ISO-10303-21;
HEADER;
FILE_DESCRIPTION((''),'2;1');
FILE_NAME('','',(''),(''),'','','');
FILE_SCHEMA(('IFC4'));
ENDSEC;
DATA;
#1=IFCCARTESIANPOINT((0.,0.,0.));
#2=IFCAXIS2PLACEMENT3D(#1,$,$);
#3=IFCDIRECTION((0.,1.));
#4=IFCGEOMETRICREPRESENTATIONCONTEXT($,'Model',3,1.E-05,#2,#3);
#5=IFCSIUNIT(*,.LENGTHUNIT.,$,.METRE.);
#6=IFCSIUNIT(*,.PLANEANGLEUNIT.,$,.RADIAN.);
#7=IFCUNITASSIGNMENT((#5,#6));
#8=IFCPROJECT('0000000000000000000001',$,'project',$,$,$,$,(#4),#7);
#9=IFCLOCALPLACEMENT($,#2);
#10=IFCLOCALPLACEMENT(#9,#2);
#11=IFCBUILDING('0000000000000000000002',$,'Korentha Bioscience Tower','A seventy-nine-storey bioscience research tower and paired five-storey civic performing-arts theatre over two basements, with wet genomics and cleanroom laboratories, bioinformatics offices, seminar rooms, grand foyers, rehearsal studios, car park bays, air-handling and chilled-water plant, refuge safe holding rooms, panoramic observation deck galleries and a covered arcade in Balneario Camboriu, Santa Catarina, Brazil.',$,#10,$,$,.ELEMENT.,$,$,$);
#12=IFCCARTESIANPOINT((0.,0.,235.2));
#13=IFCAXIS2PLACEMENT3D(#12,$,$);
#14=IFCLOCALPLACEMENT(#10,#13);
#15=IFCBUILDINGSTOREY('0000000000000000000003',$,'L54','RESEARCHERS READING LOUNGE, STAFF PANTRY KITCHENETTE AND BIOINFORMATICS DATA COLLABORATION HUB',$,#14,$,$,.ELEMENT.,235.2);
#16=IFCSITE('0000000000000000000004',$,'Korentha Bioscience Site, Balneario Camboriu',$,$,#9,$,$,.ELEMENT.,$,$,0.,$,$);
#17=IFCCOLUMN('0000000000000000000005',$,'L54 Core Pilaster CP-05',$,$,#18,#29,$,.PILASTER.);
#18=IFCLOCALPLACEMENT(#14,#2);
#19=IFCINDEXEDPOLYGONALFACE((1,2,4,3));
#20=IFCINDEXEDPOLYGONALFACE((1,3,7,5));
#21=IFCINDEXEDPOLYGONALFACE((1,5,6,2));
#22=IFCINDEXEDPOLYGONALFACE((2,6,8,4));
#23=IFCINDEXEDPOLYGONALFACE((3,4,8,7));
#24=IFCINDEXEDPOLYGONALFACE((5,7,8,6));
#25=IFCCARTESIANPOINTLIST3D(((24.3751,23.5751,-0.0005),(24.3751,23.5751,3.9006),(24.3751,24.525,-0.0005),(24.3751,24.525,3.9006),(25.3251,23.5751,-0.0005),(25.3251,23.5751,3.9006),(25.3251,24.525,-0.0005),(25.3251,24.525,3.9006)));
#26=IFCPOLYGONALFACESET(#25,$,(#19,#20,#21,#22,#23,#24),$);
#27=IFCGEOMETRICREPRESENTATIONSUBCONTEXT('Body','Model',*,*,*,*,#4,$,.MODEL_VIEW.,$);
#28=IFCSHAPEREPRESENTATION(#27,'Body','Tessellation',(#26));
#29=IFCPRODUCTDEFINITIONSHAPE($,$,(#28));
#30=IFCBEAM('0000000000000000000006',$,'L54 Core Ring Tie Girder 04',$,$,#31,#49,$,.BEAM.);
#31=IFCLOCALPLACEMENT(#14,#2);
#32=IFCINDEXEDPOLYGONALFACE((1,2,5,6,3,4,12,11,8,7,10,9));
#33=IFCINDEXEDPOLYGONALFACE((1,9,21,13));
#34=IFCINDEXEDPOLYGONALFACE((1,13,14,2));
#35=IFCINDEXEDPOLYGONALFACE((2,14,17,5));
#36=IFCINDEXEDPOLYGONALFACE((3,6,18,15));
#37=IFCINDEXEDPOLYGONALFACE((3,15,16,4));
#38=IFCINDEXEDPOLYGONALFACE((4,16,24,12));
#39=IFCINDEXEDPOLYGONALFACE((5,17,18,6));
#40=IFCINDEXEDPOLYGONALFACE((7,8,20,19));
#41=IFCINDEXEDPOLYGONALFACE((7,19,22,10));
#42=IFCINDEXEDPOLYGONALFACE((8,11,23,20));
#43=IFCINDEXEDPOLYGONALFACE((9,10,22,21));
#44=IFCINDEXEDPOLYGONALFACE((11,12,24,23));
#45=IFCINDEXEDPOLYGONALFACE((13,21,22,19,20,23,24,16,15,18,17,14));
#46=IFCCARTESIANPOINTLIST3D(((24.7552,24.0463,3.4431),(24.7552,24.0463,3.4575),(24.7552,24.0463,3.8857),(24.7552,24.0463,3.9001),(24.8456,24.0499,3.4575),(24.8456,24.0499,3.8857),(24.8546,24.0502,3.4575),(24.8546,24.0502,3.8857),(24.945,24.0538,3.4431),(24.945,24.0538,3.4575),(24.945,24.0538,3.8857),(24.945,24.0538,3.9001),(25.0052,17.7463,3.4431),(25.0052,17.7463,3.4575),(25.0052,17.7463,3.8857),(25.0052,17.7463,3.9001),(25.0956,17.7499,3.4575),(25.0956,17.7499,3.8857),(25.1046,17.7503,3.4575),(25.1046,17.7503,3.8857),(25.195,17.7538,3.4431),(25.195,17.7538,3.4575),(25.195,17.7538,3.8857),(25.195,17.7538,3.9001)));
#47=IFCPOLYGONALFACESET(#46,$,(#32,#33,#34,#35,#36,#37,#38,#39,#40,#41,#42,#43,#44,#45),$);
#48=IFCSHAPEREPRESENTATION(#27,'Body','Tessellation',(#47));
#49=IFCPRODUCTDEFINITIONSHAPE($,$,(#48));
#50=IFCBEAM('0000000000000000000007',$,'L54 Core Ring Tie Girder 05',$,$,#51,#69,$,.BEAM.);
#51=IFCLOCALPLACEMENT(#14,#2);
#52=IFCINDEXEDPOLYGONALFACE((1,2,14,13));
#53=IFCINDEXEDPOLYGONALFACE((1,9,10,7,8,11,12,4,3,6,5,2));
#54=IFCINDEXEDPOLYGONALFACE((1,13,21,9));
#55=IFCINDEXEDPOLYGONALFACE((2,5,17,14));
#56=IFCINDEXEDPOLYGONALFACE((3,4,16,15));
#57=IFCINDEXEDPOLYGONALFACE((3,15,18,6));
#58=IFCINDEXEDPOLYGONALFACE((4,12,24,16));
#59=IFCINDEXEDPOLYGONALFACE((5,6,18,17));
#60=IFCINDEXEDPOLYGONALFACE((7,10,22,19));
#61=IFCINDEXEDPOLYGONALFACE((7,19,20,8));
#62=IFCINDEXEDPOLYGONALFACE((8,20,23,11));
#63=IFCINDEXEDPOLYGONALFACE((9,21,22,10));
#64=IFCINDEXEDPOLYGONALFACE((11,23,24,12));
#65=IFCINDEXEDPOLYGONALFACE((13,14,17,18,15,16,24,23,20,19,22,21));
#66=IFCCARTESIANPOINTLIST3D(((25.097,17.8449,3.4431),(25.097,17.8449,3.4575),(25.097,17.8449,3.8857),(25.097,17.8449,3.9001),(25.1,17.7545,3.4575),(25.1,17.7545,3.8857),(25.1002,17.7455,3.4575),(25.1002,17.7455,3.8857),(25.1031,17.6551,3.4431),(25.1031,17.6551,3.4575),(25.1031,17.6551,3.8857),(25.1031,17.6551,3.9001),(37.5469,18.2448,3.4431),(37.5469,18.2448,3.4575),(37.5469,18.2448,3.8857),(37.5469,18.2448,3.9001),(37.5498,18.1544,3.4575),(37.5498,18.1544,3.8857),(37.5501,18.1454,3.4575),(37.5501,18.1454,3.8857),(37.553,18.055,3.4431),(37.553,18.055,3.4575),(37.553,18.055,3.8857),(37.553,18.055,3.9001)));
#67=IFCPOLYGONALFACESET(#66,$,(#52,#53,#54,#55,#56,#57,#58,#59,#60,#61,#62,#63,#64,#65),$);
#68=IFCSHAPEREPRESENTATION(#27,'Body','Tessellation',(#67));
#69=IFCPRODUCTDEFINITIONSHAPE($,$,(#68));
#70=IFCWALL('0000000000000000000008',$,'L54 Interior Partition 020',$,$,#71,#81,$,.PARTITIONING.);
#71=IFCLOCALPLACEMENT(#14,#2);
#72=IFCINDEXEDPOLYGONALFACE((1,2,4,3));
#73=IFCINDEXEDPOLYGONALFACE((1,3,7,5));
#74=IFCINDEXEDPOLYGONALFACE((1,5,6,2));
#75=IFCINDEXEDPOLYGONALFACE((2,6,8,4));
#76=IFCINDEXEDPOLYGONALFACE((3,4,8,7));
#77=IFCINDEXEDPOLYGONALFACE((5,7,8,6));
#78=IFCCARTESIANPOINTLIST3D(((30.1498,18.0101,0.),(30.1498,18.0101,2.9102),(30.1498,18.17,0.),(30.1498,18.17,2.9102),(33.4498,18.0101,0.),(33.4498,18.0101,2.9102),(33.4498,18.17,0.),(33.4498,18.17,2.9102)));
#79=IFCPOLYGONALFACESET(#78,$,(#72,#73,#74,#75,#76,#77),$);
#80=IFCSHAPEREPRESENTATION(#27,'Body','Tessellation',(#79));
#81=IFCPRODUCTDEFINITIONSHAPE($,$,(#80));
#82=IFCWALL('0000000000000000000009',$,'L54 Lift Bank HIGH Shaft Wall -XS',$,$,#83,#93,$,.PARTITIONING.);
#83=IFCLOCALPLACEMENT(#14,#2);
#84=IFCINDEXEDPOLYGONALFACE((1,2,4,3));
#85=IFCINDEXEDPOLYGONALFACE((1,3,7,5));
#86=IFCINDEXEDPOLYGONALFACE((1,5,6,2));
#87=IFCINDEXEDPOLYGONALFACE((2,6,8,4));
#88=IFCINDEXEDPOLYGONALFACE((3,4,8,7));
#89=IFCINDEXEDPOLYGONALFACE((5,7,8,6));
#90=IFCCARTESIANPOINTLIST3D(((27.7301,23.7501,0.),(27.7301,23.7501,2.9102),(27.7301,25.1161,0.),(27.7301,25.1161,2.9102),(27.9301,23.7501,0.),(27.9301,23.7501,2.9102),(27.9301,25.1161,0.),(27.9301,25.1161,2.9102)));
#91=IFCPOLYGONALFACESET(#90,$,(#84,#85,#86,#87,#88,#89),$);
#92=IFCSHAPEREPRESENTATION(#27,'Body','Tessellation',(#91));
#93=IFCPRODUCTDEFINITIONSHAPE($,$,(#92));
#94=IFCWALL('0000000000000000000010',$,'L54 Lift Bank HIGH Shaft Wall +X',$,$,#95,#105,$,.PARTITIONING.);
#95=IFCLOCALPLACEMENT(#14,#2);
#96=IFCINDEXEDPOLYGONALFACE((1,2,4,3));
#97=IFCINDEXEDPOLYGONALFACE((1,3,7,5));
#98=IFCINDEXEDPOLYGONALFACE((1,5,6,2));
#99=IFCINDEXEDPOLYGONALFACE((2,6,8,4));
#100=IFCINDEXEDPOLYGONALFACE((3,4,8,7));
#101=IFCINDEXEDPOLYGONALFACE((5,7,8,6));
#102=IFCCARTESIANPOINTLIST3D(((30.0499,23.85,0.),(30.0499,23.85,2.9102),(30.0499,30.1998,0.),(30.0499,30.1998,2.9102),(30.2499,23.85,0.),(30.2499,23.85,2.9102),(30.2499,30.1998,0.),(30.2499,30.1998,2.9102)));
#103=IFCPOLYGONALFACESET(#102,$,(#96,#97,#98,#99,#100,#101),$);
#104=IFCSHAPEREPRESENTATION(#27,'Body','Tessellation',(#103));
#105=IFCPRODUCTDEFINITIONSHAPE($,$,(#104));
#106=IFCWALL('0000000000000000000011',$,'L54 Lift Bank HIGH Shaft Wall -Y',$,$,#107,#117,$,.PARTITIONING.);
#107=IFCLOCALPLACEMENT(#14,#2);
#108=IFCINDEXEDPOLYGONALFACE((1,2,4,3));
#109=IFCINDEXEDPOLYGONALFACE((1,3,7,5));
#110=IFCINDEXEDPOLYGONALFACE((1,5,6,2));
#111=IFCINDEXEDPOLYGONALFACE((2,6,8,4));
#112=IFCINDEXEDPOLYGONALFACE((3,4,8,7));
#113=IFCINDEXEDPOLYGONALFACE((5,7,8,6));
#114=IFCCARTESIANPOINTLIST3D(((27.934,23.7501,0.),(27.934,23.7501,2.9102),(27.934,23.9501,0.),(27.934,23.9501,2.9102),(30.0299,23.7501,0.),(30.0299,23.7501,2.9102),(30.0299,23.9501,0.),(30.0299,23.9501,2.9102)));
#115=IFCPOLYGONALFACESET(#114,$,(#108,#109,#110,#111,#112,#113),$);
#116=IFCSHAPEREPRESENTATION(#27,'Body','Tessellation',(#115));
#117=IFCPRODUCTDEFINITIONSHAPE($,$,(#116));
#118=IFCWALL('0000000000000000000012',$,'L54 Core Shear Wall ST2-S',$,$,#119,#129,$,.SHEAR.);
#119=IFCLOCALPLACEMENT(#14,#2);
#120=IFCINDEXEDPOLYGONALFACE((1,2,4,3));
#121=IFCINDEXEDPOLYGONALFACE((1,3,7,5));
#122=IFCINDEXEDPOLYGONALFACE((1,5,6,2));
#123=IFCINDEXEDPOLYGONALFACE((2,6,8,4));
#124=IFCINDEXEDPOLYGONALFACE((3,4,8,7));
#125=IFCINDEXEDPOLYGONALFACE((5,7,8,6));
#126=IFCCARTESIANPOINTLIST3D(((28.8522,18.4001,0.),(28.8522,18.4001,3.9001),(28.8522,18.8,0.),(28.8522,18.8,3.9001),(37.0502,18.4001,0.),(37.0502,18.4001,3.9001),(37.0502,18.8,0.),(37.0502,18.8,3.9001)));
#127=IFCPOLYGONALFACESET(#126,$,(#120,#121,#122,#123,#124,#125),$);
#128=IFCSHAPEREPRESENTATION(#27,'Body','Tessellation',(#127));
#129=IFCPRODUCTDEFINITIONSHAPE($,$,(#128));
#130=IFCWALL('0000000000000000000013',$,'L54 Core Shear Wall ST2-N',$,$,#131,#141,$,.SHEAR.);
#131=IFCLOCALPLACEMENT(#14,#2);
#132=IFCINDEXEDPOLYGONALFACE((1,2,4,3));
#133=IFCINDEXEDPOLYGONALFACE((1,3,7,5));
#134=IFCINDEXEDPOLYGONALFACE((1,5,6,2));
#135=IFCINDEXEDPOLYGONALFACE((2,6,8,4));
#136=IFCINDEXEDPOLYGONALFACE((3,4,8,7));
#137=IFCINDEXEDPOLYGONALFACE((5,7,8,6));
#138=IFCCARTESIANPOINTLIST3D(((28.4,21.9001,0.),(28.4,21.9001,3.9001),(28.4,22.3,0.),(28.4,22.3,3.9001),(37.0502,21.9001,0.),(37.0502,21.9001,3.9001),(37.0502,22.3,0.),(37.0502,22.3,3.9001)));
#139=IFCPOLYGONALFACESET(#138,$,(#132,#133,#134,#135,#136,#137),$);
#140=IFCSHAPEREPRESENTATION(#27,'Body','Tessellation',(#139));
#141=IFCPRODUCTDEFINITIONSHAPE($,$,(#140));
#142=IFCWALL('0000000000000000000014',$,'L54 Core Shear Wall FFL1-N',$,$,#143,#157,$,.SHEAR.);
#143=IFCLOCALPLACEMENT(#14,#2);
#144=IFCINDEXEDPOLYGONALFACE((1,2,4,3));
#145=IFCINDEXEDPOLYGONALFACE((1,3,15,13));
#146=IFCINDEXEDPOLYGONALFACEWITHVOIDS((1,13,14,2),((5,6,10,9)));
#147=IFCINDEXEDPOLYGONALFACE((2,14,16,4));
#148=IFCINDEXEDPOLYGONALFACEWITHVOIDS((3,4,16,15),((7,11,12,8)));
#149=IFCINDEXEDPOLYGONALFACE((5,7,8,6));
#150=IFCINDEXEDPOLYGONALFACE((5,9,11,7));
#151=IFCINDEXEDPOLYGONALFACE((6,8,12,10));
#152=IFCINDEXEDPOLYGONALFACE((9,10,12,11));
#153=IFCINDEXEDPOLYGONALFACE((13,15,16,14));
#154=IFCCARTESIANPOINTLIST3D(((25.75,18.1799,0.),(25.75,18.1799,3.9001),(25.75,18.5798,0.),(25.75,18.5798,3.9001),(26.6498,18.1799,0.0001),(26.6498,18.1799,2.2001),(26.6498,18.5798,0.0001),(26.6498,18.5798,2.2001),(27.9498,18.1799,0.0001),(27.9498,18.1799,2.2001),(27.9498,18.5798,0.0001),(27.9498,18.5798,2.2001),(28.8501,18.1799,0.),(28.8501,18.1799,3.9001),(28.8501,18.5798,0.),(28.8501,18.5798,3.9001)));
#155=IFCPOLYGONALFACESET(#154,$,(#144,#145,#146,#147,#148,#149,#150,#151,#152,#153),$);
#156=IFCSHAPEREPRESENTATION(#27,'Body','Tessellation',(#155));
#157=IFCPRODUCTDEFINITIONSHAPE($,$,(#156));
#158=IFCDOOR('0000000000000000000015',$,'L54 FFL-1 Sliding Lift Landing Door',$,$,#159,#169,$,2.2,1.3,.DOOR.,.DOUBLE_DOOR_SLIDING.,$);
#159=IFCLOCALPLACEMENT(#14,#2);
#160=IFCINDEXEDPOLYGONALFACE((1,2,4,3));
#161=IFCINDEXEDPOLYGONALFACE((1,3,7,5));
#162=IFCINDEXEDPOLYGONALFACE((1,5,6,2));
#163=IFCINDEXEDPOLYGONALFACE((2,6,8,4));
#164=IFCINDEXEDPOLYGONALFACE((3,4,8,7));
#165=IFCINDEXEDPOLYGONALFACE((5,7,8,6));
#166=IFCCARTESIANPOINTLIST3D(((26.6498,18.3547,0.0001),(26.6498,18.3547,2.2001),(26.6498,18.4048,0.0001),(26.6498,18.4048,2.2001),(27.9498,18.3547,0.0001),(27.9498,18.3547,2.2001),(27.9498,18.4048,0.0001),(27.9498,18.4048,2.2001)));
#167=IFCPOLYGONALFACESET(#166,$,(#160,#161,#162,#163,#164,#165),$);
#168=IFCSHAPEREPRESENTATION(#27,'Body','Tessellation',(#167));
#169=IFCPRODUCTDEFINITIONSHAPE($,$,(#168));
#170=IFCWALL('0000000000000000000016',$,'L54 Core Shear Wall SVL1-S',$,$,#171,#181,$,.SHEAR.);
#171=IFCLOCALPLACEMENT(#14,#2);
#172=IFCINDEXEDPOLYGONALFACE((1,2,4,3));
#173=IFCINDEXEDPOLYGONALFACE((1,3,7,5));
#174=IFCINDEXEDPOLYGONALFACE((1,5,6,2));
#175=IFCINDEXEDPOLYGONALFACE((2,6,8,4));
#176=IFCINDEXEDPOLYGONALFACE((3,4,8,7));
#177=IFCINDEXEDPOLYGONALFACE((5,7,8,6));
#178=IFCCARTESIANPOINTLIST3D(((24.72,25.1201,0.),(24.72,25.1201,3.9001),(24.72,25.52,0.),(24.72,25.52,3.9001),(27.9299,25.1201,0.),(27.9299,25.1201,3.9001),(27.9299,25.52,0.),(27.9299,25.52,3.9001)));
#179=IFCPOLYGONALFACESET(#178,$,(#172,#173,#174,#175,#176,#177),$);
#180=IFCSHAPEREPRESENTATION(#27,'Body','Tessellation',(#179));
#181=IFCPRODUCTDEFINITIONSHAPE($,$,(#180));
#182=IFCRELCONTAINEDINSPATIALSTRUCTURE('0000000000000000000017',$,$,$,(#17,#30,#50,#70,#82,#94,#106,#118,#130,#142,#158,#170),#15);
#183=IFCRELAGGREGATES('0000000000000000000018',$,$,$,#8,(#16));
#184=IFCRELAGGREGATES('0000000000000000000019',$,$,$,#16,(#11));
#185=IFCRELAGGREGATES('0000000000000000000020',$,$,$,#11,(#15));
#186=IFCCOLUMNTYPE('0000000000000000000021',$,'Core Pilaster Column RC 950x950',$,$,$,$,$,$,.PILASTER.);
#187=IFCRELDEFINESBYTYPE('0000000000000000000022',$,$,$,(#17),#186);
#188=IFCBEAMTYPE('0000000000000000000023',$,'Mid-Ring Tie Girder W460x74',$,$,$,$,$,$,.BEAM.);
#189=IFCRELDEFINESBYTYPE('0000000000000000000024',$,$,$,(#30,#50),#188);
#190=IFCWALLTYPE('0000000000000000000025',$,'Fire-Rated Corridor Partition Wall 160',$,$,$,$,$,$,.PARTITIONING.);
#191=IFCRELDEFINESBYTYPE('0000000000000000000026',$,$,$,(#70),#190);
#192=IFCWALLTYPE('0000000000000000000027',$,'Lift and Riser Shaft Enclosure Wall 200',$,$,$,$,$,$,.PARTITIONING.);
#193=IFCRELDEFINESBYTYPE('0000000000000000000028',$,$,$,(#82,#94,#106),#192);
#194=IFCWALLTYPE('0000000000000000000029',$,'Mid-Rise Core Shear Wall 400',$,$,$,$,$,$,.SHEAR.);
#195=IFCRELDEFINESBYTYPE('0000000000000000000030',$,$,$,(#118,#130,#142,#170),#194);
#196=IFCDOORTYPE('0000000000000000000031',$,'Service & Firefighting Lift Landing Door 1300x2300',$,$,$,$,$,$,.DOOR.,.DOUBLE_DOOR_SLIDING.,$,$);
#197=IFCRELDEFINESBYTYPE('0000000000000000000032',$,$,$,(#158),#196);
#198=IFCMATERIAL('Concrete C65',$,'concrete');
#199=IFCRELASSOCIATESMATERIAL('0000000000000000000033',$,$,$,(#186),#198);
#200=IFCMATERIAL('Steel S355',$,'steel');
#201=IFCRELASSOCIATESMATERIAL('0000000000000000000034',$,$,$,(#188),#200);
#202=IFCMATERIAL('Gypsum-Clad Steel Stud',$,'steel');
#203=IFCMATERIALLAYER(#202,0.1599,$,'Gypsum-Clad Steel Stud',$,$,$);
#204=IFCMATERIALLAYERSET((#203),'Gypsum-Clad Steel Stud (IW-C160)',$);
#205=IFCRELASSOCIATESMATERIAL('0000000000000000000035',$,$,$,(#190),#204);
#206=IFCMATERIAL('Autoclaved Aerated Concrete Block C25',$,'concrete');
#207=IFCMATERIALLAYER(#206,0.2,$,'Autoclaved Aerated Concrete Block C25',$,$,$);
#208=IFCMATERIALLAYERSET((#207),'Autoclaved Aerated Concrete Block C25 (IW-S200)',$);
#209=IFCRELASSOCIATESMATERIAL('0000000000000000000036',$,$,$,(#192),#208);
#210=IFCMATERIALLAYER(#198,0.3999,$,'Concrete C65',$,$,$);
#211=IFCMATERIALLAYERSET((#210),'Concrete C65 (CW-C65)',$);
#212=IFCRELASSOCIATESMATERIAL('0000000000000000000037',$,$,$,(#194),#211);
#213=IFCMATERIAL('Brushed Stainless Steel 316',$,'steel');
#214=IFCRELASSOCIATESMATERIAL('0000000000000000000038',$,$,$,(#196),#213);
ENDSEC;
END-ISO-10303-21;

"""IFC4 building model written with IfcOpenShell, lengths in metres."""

from ifc_helpers import new_model, si_unit, direction, frame, frame_2d, origin, origin_2d, place, context, subcontext, project, spatial, rectangle, i_section, extrude, material, layer, layer_set, material_profile, profile_set, type_object, element, fill, save


model = new_model("IFC4")

# Units and contexts
model_context = context("Model", 3, precision=1e-05, world=origin(), true_north=direction((0.0, 1.0)))
body_context = subcontext(model_context, "Body", "Model", "MODEL_VIEW")
ifc_project = project(units=[si_unit("LENGTHUNIT", "METRE"), si_unit("PLANEANGLEUNIT", "RADIAN")], contexts=[model_context])

# Site, building, storey
site_placement = place(None, origin())
site = spatial("IfcSite", under=ifc_project, at=site_placement, Name="Korentha Bioscience Site, Balneario Camboriu", CompositionType="ELEMENT", RefElevation=0.0)
building_placement = place(site_placement, origin())
building = spatial("IfcBuilding", under=site, at=building_placement, Name="Korentha Bioscience Tower", Description="A seventy-nine-storey bioscience research tower and paired five-storey civic performing-arts theatre over two basements, with wet genomics and cleanroom laboratories, bioinformatics offices, seminar rooms, grand foyers, rehearsal studios, car park bays, air-handling and chilled-water plant, refuge safe holding rooms, panoramic observation deck galleries and a covered arcade in Balneario Camboriu, Santa Catarina, Brazil.", CompositionType="ELEMENT")
storey_placement = place(building_placement, frame((0.0, 0.0, 235.2)))
storey = spatial("IfcBuildingStorey", under=building, at=storey_placement, Name="L54", Description="RESEARCHERS READING LOUNGE, STAFF PANTRY KITCHENETTE AND BIOINFORMATICS DATA COLLABORATION HUB", CompositionType="ELEMENT", Elevation=235.2)

# Column
ifc_material_1 = material(Name="Concrete C65", Category="concrete")
ifc_material_profile_1 = material_profile(ifc_material_1, rectangle(XDim=0.95, YDim=0.95, at=origin_2d()), Name="Concrete C65")
ifc_profile_set_1 = profile_set([ifc_material_profile_1], Name="Concrete C65 (COL-CP09)")
column_type = type_object("IfcColumnType", Name="Core Pilaster Column RC 950x950", PredefinedType="PILASTER", material=ifc_profile_set_1)
column_placement = place(storey_placement, frame((24.8501, 24.05, -0.0005), z_axis=(0.0, 0.0, 1.0), x_axis=(1.0, 0.0, 0.0)))
element("IfcColumn", 1, at=column_placement, inside=storey, type_object=column_type, Name="L54 Core Pilaster CP-05", PredefinedType="PILASTER", context=body_context, shape_type="SweptSolid", body=[
    extrude(rectangle(XDim=0.95, YDim=0.95, at=origin_2d()), origin(), (0.0, 0.0, 1.0), 3.9011),
])

# Beams
ifc_material_2 = material(Name="Steel S355", Category="steel")
ifc_material_profile_2 = material_profile(ifc_material_2, i_section(OverallWidth=0.1899, OverallDepth=0.457, WebThickness=0.009, FlangeThickness=0.0144, at=origin_2d()), Name="Steel S355")
ifc_profile_set_2 = profile_set([ifc_material_profile_2], Name="Steel S355 (MB-460)")
beam_type = type_object("IfcBeamType", Name="Mid-Ring Tie Girder W460x74", PredefinedType="BEAM", material=ifc_profile_set_2)
beam_1_placement = place(storey_placement, frame((24.8501, 24.05, 3.6716), z_axis=(0.039651, -0.999214, 0.0), x_axis=(0.999214, 0.039651, 0.0)))
element("IfcBeam", 2, at=beam_1_placement, inside=storey, type_object=beam_type, Name="L54 Core Ring Tie Girder 04", PredefinedType="BEAM", context=body_context, shape_type="SweptSolid", body=[
    extrude(i_section(OverallWidth=0.1899, OverallDepth=0.457, WebThickness=0.009, FlangeThickness=0.0144, at=origin_2d()), origin(), (0.0, 0.0, 1.0), 6.3049),
])
beam_2_placement = place(storey_placement, frame((25.1001, 17.75, 3.6716), z_axis=(0.999485, 0.032104, 0.0), x_axis=(-0.032104, 0.999485, 0.0)))
element("IfcBeam", 3, at=beam_2_placement, inside=storey, type_object=beam_type, Name="L54 Core Ring Tie Girder 05", PredefinedType="BEAM", context=body_context, shape_type="SweptSolid", body=[
    extrude(i_section(OverallWidth=0.1899, OverallDepth=0.457, WebThickness=0.009, FlangeThickness=0.0144, at=origin_2d()), origin(), (0.0, 0.0, 1.0), 12.4563),
])

# Walls
ifc_material_3 = material(Name="Gypsum-Clad Steel Stud", Category="steel")
ifc_layer_1 = layer(ifc_material_3, 0.1599, Name="Gypsum-Clad Steel Stud")
ifc_layer_set_1 = layer_set([ifc_layer_1], Name="Gypsum-Clad Steel Stud (IW-C160)")
wall_type_1 = type_object("IfcWallType", Name="Fire-Rated Corridor Partition Wall 160", PredefinedType="PARTITIONING", material=ifc_layer_set_1)
wall_1_placement = place(storey_placement, frame((30.1499, 18.0901, 0.0), z_axis=(0.0, 0.0, 1.0), x_axis=(1.0, 0.0, 0.0)))
element("IfcWall", 4, at=wall_1_placement, inside=storey, type_object=wall_type_1, Name="L54 Interior Partition 020", PredefinedType="PARTITIONING", context=body_context, shape_type="SweptSolid", body=[
    extrude(rectangle(XDim=3.3, YDim=0.1599, at=frame_2d((1.6499, 0.0))), origin(), (0.0, 0.0, 1.0), 2.9102),
])
ifc_material_4 = material(Name="Autoclaved Aerated Concrete Block C25", Category="concrete")
ifc_layer_2 = layer(ifc_material_4, 0.2, Name="Autoclaved Aerated Concrete Block C25")
ifc_layer_set_2 = layer_set([ifc_layer_2], Name="Autoclaved Aerated Concrete Block C25 (IW-S200)")
wall_type_2 = type_object("IfcWallType", Name="Lift and Riser Shaft Enclosure Wall 200", PredefinedType="PARTITIONING", material=ifc_layer_set_2)
wall_2_placement = place(storey_placement, frame((27.8301, 23.75, 0.0), z_axis=(0.0, 0.0, 1.0), x_axis=(0.0, 1.0, 0.0)))
element("IfcWall", 5, at=wall_2_placement, inside=storey, type_object=wall_type_2, Name="L54 Lift Bank HIGH Shaft Wall -XS", PredefinedType="PARTITIONING", context=body_context, shape_type="SweptSolid", body=[
    extrude(rectangle(XDim=1.366, YDim=0.2, at=frame_2d((0.6831, 0.0))), origin(), (0.0, 0.0, 1.0), 2.9102),
])
wall_3_placement = place(storey_placement, frame((30.1499, 23.8501, 0.0), z_axis=(0.0, 0.0, 1.0), x_axis=(0.0, 1.0, 0.0)))
element("IfcWall", 6, at=wall_3_placement, inside=storey, type_object=wall_type_2, Name="L54 Lift Bank HIGH Shaft Wall +X", PredefinedType="PARTITIONING", context=body_context, shape_type="SweptSolid", body=[
    extrude(rectangle(XDim=6.3499, YDim=0.2, at=frame_2d((3.1748, 0.0))), origin(), (0.0, 0.0, 1.0), 2.9102),
])
wall_4_placement = place(storey_placement, frame((27.9341, 23.8501, 0.0), z_axis=(0.0, 0.0, 1.0), x_axis=(1.0, 0.0, 0.0)))
element("IfcWall", 7, at=wall_4_placement, inside=storey, type_object=wall_type_2, Name="L54 Lift Bank HIGH Shaft Wall -Y", PredefinedType="PARTITIONING", context=body_context, shape_type="SweptSolid", body=[
    extrude(rectangle(XDim=2.0959, YDim=0.2, at=frame_2d((1.0479, 0.0))), origin(), (0.0, 0.0, 1.0), 2.9102),
])
ifc_layer_3 = layer(ifc_material_1, 0.3999, Name="Concrete C65")
ifc_layer_set_3 = layer_set([ifc_layer_3], Name="Concrete C65 (CW-C65)")
wall_type_3 = type_object("IfcWallType", Name="Mid-Rise Core Shear Wall 400", PredefinedType="SHEAR", material=ifc_layer_set_3)
wall_5_placement = place(storey_placement, frame((28.8521, 18.6001, 0.0), z_axis=(0.0, 0.0, 1.0), x_axis=(1.0, 0.0, 0.0)))
element("IfcWall", 8, at=wall_5_placement, inside=storey, type_object=wall_type_3, Name="L54 Core Shear Wall ST2-S", PredefinedType="SHEAR", context=body_context, shape_type="SweptSolid", body=[
    extrude(rectangle(XDim=8.198, YDim=0.3999, at=frame_2d((4.0991, 0.0))), origin(), (0.0, 0.0, 1.0), 3.9001),
])
wall_6_placement = place(storey_placement, frame((28.3999, 22.1001, 0.0), z_axis=(0.0, 0.0, 1.0), x_axis=(1.0, 0.0, 0.0)))
element("IfcWall", 9, at=wall_6_placement, inside=storey, type_object=wall_type_3, Name="L54 Core Shear Wall ST2-N", PredefinedType="SHEAR", context=body_context, shape_type="SweptSolid", body=[
    extrude(rectangle(XDim=8.6501, YDim=0.3999, at=frame_2d((4.3252, 0.0))), origin(), (0.0, 0.0, 1.0), 3.9001),
])

# Wall, opening, door
wall_7_placement = place(storey_placement, frame((25.75, 18.3799, 0.0), z_axis=(0.0, 0.0, 1.0), x_axis=(1.0, 0.0, 0.0)))
wall_7 = element("IfcWall", 10, at=wall_7_placement, inside=storey, type_object=wall_type_3, Name="L54 Core Shear Wall FFL1-N", PredefinedType="SHEAR", context=body_context, shape_type="SweptSolid", body=[
    extrude(rectangle(XDim=3.1001, YDim=0.3999, at=frame_2d((1.55, 0.0))), origin(), (0.0, 0.0, 1.0), 3.9001),
])
opening_1_placement = place(wall_7_placement, frame((0.8999, 0.0, 0.0)))
opening_1 = element("IfcOpeningElement", 11, at=opening_1_placement, cuts=wall_7, PredefinedType="OPENING", context=body_context, shape_type="SweptSolid", body=[
    extrude(rectangle(XDim=1.3, YDim=2.2, at=frame_2d((0.6499, 1.1001))), frame((0.0, 0.2148, 0.0), z_axis=(0.0, -1.0, 0.0), x_axis=(1.0, 0.0, 0.0)), (0.0, 0.0, 1.0), 0.4297),
])
ifc_material_5 = material(Name="Brushed Stainless Steel 316", Category="steel")
door_type_1 = type_object("IfcDoorType", Name="Service & Firefighting Lift Landing Door 1300x2300", OperationType="DOUBLE_DOOR_SLIDING", PredefinedType="DOOR", material=ifc_material_5)
door_1_placement = place(opening_1_placement, origin())
door_1 = element("IfcDoor", 12, at=door_1_placement, inside=storey, type_object=door_type_1, Name="L54 FFL-1 Sliding Lift Landing Door", OperationType="DOUBLE_DOOR_SLIDING", OverallHeight=2.2, OverallWidth=1.3, PredefinedType="DOOR", context=body_context, shape_type="SweptSolid", body=[
    extrude(rectangle(XDim=1.3, YDim=2.2, at=frame_2d((0.6499, 1.1001))), frame((0.0, 0.0249, 0.0), z_axis=(0.0, -1.0, 0.0), x_axis=(1.0, 0.0, 0.0)), (0.0, 0.0, 1.0), 0.05),
])
fill(opening_1, door_1)

# Wall
wall_8_placement = place(storey_placement, frame((24.72, 25.3201, 0.0), z_axis=(0.0, 0.0, 1.0), x_axis=(1.0, 0.0, 0.0)))
element("IfcWall", 13, at=wall_8_placement, inside=storey, type_object=wall_type_3, Name="L54 Core Shear Wall SVL1-S", PredefinedType="SHEAR", context=body_context, shape_type="SweptSolid", body=[
    extrude(rectangle(XDim=3.21, YDim=0.3999, at=frame_2d((1.605, 0.0))), origin(), (0.0, 0.0, 1.0), 3.9001),
])

save(model, "model.ifc")
